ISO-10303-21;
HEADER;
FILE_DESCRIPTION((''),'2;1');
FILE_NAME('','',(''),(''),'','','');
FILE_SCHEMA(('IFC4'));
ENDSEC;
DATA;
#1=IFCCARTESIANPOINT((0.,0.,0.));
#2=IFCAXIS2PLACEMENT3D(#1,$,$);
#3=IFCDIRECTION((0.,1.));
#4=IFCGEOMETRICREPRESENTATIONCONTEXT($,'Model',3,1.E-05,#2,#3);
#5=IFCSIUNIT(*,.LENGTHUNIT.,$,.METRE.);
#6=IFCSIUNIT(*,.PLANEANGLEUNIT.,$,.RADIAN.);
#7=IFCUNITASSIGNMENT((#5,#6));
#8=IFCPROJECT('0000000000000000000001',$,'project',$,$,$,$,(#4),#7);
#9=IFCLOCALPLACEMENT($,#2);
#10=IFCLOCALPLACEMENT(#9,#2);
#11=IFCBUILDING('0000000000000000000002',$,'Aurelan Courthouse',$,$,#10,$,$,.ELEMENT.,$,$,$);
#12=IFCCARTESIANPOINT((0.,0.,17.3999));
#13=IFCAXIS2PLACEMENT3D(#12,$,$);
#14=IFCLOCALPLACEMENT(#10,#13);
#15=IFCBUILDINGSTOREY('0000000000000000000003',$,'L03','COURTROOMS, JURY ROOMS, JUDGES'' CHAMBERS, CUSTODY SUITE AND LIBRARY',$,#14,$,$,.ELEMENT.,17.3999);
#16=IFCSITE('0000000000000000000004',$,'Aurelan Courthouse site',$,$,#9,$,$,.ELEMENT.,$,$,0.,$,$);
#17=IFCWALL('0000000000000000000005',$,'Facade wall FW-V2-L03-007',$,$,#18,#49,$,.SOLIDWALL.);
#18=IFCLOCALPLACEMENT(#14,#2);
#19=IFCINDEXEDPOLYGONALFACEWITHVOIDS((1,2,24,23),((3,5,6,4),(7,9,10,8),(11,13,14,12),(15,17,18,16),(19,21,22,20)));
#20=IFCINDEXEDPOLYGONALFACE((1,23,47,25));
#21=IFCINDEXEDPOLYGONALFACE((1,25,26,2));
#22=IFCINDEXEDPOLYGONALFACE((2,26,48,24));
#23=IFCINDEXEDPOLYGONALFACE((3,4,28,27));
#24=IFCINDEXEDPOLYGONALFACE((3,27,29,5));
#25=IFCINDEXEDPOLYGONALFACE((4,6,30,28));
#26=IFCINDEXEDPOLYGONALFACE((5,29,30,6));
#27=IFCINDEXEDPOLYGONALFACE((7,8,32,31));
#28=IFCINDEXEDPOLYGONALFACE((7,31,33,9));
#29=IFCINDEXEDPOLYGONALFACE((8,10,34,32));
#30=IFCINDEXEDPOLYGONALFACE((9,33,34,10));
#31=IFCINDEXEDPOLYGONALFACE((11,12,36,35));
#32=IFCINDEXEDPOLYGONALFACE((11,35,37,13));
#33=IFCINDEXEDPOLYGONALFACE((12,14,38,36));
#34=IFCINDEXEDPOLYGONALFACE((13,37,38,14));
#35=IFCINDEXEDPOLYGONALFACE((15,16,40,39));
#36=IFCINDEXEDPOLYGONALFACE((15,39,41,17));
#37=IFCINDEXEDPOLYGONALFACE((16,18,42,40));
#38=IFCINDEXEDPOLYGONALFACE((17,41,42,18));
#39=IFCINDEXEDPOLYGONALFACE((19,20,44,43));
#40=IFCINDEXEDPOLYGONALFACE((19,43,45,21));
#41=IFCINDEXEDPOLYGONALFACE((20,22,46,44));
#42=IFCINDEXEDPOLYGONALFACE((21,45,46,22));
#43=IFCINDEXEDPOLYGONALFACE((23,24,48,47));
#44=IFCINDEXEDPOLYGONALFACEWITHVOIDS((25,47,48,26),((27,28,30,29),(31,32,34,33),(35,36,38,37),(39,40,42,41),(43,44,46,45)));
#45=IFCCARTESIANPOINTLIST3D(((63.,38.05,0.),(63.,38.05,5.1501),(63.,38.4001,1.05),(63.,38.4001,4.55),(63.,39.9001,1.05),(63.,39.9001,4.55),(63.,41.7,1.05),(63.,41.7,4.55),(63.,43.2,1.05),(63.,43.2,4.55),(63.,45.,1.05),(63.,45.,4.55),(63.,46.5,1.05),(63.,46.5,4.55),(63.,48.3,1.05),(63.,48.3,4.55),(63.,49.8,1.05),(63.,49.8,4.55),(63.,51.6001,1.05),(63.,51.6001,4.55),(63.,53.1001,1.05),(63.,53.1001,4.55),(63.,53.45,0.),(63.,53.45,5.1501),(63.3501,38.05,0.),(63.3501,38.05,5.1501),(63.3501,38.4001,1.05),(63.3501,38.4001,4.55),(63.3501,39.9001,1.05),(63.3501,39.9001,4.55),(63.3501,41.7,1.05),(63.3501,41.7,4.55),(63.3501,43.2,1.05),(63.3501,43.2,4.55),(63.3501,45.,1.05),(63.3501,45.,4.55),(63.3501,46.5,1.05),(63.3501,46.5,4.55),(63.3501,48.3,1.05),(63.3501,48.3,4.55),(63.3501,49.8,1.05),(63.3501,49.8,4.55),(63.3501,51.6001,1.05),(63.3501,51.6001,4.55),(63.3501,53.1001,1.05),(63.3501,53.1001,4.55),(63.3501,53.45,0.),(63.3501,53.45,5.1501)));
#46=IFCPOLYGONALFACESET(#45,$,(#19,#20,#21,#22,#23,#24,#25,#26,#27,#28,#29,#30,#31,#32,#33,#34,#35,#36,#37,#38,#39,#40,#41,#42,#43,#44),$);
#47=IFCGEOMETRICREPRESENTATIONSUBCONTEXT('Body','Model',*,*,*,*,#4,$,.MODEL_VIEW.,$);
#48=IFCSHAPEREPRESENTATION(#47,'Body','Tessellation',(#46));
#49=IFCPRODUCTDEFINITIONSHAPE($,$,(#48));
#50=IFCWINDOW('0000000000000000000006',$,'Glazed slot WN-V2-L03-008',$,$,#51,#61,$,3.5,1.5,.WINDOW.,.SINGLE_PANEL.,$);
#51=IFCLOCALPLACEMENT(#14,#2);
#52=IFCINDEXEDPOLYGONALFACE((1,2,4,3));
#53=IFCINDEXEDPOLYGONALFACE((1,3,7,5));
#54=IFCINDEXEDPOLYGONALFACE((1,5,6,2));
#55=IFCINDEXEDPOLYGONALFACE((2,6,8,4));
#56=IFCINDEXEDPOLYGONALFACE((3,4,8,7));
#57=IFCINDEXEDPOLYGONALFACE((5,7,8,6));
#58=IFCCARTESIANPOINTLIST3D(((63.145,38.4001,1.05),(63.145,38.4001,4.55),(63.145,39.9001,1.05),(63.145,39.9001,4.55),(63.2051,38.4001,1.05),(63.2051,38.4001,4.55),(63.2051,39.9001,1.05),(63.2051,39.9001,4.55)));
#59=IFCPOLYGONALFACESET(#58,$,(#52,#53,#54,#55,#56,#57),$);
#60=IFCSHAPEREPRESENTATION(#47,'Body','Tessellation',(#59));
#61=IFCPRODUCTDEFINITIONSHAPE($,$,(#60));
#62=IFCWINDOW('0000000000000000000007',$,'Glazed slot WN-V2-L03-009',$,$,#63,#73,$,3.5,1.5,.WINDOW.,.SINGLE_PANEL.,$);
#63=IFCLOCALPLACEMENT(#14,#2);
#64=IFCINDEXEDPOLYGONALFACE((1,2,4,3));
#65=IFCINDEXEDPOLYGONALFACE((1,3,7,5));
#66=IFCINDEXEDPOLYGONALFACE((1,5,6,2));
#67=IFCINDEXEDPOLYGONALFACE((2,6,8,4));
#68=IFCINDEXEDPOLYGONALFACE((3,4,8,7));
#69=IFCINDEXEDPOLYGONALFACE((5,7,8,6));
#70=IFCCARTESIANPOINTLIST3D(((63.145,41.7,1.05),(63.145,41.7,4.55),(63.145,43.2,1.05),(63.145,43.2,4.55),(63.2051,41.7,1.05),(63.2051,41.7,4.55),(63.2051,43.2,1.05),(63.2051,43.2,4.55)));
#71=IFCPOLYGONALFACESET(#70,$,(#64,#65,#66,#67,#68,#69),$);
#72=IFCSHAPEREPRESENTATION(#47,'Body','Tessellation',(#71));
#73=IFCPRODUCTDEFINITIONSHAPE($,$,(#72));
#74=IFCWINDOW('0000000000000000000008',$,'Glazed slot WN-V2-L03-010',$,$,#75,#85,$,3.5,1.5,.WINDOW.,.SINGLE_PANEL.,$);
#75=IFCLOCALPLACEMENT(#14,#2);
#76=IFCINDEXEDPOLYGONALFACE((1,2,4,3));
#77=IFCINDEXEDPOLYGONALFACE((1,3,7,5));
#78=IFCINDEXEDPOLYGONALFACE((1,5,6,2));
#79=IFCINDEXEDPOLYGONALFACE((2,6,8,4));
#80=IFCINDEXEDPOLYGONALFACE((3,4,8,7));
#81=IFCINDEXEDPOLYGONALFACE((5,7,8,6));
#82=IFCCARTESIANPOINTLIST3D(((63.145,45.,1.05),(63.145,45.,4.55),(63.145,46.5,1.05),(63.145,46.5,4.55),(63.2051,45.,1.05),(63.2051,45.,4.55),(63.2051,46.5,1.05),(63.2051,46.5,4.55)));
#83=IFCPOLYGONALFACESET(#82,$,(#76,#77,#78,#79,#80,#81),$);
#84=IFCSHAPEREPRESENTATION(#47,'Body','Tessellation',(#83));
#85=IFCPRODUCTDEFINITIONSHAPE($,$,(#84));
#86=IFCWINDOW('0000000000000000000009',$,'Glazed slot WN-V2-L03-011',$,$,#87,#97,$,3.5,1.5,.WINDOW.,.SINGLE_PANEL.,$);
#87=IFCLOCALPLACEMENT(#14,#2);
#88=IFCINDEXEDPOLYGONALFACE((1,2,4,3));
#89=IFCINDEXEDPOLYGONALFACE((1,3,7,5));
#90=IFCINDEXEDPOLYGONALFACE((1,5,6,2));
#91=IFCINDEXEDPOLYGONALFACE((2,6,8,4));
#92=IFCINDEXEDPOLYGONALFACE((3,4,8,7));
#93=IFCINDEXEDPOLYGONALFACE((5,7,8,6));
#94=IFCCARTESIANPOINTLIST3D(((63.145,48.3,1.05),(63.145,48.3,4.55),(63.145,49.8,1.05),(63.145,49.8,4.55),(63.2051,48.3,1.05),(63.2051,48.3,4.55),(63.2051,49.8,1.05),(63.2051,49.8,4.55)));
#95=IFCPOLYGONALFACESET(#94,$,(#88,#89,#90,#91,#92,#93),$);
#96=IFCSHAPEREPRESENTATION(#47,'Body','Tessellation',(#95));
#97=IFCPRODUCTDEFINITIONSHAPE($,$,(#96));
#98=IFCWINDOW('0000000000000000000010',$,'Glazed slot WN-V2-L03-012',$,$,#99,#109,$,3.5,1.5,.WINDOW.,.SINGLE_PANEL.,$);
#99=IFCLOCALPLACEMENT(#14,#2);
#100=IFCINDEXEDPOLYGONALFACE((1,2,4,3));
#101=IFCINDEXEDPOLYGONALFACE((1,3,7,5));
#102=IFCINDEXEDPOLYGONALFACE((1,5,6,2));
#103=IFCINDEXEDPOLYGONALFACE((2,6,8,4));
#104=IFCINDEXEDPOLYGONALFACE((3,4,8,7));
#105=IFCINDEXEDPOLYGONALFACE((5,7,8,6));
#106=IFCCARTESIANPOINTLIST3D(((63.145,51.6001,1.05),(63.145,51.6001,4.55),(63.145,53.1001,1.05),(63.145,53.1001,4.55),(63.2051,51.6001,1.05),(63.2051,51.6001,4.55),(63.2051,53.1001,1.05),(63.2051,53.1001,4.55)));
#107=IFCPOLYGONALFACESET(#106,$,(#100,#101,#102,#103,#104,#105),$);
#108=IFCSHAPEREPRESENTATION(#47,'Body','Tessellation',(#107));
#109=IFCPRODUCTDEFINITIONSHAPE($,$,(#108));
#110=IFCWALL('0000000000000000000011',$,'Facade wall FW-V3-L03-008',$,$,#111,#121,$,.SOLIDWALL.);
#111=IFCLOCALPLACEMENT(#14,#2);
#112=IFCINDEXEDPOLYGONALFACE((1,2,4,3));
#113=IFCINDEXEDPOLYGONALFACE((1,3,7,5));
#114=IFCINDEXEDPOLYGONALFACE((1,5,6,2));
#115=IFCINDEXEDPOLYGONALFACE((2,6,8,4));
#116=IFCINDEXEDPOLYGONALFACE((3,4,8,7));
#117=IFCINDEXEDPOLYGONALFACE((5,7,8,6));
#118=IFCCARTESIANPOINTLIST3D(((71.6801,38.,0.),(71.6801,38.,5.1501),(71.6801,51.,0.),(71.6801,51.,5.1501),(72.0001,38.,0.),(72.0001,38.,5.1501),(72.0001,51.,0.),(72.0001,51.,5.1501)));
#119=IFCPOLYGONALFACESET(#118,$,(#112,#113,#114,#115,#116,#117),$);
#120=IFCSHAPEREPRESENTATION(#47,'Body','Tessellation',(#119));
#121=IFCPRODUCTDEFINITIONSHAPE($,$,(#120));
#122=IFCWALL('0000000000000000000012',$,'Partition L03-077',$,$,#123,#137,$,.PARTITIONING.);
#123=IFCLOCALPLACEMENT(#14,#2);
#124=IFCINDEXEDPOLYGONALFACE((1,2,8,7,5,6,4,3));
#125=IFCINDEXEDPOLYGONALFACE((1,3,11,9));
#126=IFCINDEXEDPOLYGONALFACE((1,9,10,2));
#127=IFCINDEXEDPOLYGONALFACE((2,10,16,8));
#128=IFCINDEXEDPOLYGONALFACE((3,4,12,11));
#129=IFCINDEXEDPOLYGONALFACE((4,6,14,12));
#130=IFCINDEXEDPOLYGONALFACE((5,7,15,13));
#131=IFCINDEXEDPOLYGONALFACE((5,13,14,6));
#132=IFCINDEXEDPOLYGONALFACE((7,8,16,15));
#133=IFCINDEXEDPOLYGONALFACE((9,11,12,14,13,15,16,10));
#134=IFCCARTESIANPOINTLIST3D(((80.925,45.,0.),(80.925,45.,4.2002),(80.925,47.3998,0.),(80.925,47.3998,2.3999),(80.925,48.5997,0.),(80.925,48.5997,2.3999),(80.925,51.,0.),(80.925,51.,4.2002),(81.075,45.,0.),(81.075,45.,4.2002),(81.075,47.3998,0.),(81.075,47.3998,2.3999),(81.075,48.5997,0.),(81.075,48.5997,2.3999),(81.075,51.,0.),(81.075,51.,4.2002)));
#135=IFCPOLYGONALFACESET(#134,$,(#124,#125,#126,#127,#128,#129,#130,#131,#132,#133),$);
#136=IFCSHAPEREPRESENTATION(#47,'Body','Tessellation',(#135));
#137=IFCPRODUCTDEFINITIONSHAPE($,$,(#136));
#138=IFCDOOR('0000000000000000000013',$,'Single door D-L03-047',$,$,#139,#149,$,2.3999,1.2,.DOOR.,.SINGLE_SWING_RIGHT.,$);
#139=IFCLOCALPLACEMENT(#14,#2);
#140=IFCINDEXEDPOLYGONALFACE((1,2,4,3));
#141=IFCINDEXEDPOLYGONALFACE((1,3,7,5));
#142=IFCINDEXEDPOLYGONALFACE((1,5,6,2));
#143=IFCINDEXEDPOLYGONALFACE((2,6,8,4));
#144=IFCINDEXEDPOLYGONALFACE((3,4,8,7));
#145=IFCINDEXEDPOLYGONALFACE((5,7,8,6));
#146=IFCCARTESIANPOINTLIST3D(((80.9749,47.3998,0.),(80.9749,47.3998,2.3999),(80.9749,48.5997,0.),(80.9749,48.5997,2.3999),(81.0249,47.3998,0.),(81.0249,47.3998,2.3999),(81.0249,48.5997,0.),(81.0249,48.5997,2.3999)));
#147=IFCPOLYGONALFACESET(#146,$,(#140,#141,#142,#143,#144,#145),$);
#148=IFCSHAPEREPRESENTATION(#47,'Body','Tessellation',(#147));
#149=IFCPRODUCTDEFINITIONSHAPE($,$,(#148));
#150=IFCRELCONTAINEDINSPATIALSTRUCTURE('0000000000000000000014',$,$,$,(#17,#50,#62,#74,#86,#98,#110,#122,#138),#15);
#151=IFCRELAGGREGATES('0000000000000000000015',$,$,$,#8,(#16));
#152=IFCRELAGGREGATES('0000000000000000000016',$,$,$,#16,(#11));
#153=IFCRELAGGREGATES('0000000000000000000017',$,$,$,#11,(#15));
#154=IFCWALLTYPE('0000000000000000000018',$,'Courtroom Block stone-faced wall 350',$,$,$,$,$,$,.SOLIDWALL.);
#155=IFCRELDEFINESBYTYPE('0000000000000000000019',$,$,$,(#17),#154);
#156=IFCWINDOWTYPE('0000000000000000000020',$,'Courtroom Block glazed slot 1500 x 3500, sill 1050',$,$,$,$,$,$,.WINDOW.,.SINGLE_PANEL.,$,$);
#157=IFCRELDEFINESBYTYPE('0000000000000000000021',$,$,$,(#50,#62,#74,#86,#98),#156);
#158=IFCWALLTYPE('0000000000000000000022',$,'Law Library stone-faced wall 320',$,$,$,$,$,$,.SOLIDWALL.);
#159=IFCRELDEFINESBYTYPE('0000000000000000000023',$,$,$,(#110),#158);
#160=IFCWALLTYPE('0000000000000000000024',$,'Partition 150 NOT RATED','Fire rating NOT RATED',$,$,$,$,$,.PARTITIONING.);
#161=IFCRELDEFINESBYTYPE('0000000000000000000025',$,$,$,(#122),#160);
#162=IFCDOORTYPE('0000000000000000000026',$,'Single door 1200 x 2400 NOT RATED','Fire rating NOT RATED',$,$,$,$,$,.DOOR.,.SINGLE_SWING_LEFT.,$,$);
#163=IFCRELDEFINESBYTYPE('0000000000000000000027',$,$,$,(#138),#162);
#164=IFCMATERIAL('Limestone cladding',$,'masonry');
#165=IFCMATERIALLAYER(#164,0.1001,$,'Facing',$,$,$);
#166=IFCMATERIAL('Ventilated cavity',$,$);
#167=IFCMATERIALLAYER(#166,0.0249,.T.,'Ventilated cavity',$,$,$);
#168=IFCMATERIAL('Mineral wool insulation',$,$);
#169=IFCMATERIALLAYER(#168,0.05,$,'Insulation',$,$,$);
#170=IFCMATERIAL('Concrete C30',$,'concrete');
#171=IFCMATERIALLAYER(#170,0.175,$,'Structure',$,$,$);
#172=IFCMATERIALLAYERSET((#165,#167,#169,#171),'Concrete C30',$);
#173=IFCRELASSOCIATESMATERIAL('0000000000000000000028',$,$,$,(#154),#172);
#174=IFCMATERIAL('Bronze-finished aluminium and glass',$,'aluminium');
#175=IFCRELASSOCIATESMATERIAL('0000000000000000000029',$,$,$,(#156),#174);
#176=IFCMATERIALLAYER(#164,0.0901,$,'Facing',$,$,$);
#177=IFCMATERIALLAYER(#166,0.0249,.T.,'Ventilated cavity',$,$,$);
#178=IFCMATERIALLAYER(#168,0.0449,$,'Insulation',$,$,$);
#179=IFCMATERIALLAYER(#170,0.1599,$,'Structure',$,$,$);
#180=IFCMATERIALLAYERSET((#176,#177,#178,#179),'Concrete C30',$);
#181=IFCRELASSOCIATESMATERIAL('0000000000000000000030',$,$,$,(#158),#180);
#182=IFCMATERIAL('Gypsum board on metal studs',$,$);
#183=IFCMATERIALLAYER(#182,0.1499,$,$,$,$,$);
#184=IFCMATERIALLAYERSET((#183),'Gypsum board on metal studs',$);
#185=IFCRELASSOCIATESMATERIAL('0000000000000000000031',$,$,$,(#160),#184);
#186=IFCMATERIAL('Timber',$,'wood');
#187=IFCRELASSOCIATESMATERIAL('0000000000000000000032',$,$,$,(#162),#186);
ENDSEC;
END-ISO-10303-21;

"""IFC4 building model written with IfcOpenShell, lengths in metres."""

from ifc_helpers import new_model, si_unit, direction, frame, frame_2d, origin, place, context, subcontext, project, spatial, rectangle, extrude, material, layer, layer_set, type_object, element, fill, save


model = new_model("IFC4")

# Units and contexts
model_context = context("Model", 3, precision=1e-05, world=origin(), true_north=direction((0.0, 1.0)))
body_context = subcontext(model_context, "Body", "Model", "MODEL_VIEW")
ifc_project = project(units=[si_unit("LENGTHUNIT", "METRE"), si_unit("PLANEANGLEUNIT", "RADIAN")], contexts=[model_context])

# Site, building, storey
site_placement = place(None, origin())
site = spatial("IfcSite", under=ifc_project, at=site_placement, Name="Aurelan Courthouse site", CompositionType="ELEMENT", RefElevation=0.0)
building_placement = place(site_placement, origin())
building = spatial("IfcBuilding", under=site, at=building_placement, Name="Aurelan Courthouse", CompositionType="ELEMENT")
storey_placement = place(building_placement, frame((0.0, 0.0, 17.3999)))
storey = spatial("IfcBuildingStorey", under=building, at=storey_placement, Name="L03", Description="COURTROOMS, JURY ROOMS, JUDGES' CHAMBERS, CUSTODY SUITE AND LIBRARY", CompositionType="ELEMENT", Elevation=17.3999)

# Shared definitions
ifc_material_1 = material(Name="Bronze-finished aluminium and glass", Category="aluminium")

# Wall, openings, windows
ifc_material_2 = material(Name="Limestone cladding", Category="masonry")
ifc_layer_1 = layer(ifc_material_2, 0.1001, Name="Facing")
ifc_material_3 = material(Name="Ventilated cavity")
ifc_layer_2 = layer(ifc_material_3, 0.0249, ventilated=True, Name="Ventilated cavity")
ifc_material_4 = material(Name="Mineral wool insulation")
ifc_layer_3 = layer(ifc_material_4, 0.05, Name="Insulation")
ifc_material_5 = material(Name="Concrete C30", Category="concrete")
ifc_layer_4 = layer(ifc_material_5, 0.175, Name="Structure")
ifc_layer_set_1 = layer_set([ifc_layer_1, ifc_layer_2, ifc_layer_3, ifc_layer_4], Name="Concrete C30")
wall_type_1 = type_object("IfcWallType", Name="Courtroom Block stone-faced wall 350", PredefinedType="SOLIDWALL", material=ifc_layer_set_1)
wall_1_placement = place(storey_placement, frame((63.175, 38.05, 0.0), z_axis=(0.0, 0.0, 1.0), x_axis=(0.0, 1.0, 0.0)))
wall_1 = element("IfcWall", 1, at=wall_1_placement, inside=storey, type_object=wall_type_1, Name="Facade wall FW-V2-L03-007", PredefinedType="SOLIDWALL", context=body_context, shape_type="SweptSolid", body=[
    extrude(rectangle(XDim=15.3999, YDim=0.3501, at=frame_2d((7.7, 0.0))), origin(), (0.0, 0.0, 1.0), 5.1501),
])
opening_1_placement = place(wall_1_placement, frame((0.3501, 0.0, 1.05)))
opening_1 = element("IfcOpeningElement", 2, at=opening_1_placement, cuts=wall_1, PredefinedType="OPENING", context=body_context, shape_type="SweptSolid", body=[
    extrude(rectangle(XDim=1.5, YDim=3.5, at=frame_2d((0.75, 1.75))), frame((0.0, 0.1851, 0.0), z_axis=(0.0, -1.0, 0.0), x_axis=(1.0, 0.0, 0.0)), (0.0, 0.0, 1.0), 0.3701),
])
opening_2_placement = place(wall_1_placement, frame((3.6499, 0.0, 1.05)))
opening_2 = element("IfcOpeningElement", 3, at=opening_2_placement, cuts=wall_1, PredefinedType="OPENING", context=body_context, shape_type="SweptSolid", body=[
    extrude(rectangle(XDim=1.5, YDim=3.5, at=frame_2d((0.75, 1.75))), frame((0.0, 0.1851, 0.0), z_axis=(0.0, -1.0, 0.0), x_axis=(1.0, 0.0, 0.0)), (0.0, 0.0, 1.0), 0.3701),
])
opening_3_placement = place(wall_1_placement, frame((6.95, 0.0, 1.05)))
opening_3 = element("IfcOpeningElement", 4, at=opening_3_placement, cuts=wall_1, PredefinedType="OPENING", context=body_context, shape_type="SweptSolid", body=[
    extrude(rectangle(XDim=1.5, YDim=3.5, at=frame_2d((0.75, 1.75))), frame((0.0, 0.1851, 0.0), z_axis=(0.0, -1.0, 0.0), x_axis=(1.0, 0.0, 0.0)), (0.0, 0.0, 1.0), 0.3701),
])
opening_4_placement = place(wall_1_placement, frame((10.25, 0.0, 1.05)))
opening_4 = element("IfcOpeningElement", 5, at=opening_4_placement, cuts=wall_1, PredefinedType="OPENING", context=body_context, shape_type="SweptSolid", body=[
    extrude(rectangle(XDim=1.5, YDim=3.5, at=frame_2d((0.75, 1.75))), frame((0.0, 0.1851, 0.0), z_axis=(0.0, -1.0, 0.0), x_axis=(1.0, 0.0, 0.0)), (0.0, 0.0, 1.0), 0.3701),
])
opening_5_placement = place(wall_1_placement, frame((13.55, 0.0, 1.05)))
opening_5 = element("IfcOpeningElement", 6, at=opening_5_placement, cuts=wall_1, PredefinedType="OPENING", context=body_context, shape_type="SweptSolid", body=[
    extrude(rectangle(XDim=1.5, YDim=3.5, at=frame_2d((0.75, 1.75))), frame((0.0, 0.1851, 0.0), z_axis=(0.0, -1.0, 0.0), x_axis=(1.0, 0.0, 0.0)), (0.0, 0.0, 1.0), 0.3701),
])
window_type = type_object("IfcWindowType", Name="Courtroom Block glazed slot 1500 x 3500, sill 1050", PartitioningType="SINGLE_PANEL", PredefinedType="WINDOW", material=ifc_material_1)
window_1_placement = place(opening_1_placement, origin())
window_1 = element("IfcWindow", 7, at=window_1_placement, inside=storey, type_object=window_type, Name="Glazed slot WN-V2-L03-008", OverallHeight=3.5, OverallWidth=1.5, PartitioningType="SINGLE_PANEL", PredefinedType="WINDOW", context=body_context, shape_type="SweptSolid", body=[
    extrude(rectangle(XDim=1.5, YDim=3.5, at=frame_2d((0.75, 1.75))), frame((0.0, 0.03, 0.0), z_axis=(0.0, -1.0, 0.0), x_axis=(1.0, 0.0, 0.0)), (0.0, 0.0, 1.0), 0.0601),
])
fill(opening_1, window_1)
window_2_placement = place(opening_2_placement, origin())
window_2 = element("IfcWindow", 8, at=window_2_placement, inside=storey, type_object=window_type, Name="Glazed slot WN-V2-L03-009", OverallHeight=3.5, OverallWidth=1.5, PartitioningType="SINGLE_PANEL", PredefinedType="WINDOW", context=body_context, shape_type="SweptSolid", body=[
    extrude(rectangle(XDim=1.5, YDim=3.5, at=frame_2d((0.75, 1.75))), frame((0.0, 0.03, 0.0), z_axis=(0.0, -1.0, 0.0), x_axis=(1.0, 0.0, 0.0)), (0.0, 0.0, 1.0), 0.0601),
])
fill(opening_2, window_2)
window_3_placement = place(opening_3_placement, origin())
window_3 = element("IfcWindow", 9, at=window_3_placement, inside=storey, type_object=window_type, Name="Glazed slot WN-V2-L03-010", OverallHeight=3.5, OverallWidth=1.5, PartitioningType="SINGLE_PANEL", PredefinedType="WINDOW", context=body_context, shape_type="SweptSolid", body=[
    extrude(rectangle(XDim=1.5, YDim=3.5, at=frame_2d((0.75, 1.75))), frame((0.0, 0.03, 0.0), z_axis=(0.0, -1.0, 0.0), x_axis=(1.0, 0.0, 0.0)), (0.0, 0.0, 1.0), 0.0601),
])
fill(opening_3, window_3)
window_4_placement = place(opening_4_placement, origin())
window_4 = element("IfcWindow", 10, at=window_4_placement, inside=storey, type_object=window_type, Name="Glazed slot WN-V2-L03-011", OverallHeight=3.5, OverallWidth=1.5, PartitioningType="SINGLE_PANEL", PredefinedType="WINDOW", context=body_context, shape_type="SweptSolid", body=[
    extrude(rectangle(XDim=1.5, YDim=3.5, at=frame_2d((0.75, 1.75))), frame((0.0, 0.03, 0.0), z_axis=(0.0, -1.0, 0.0), x_axis=(1.0, 0.0, 0.0)), (0.0, 0.0, 1.0), 0.0601),
])
fill(opening_4, window_4)
window_5_placement = place(opening_5_placement, origin())
window_5 = element("IfcWindow", 11, at=window_5_placement, inside=storey, type_object=window_type, Name="Glazed slot WN-V2-L03-012", OverallHeight=3.5, OverallWidth=1.5, PartitioningType="SINGLE_PANEL", PredefinedType="WINDOW", context=body_context, shape_type="SweptSolid", body=[
    extrude(rectangle(XDim=1.5, YDim=3.5, at=frame_2d((0.75, 1.75))), frame((0.0, 0.03, 0.0), z_axis=(0.0, -1.0, 0.0), x_axis=(1.0, 0.0, 0.0)), (0.0, 0.0, 1.0), 0.0601),
])
fill(opening_5, window_5)

# Wall
ifc_layer_5 = layer(ifc_material_2, 0.0901, Name="Facing")
ifc_layer_6 = layer(ifc_material_3, 0.0249, ventilated=True, Name="Ventilated cavity")
ifc_layer_7 = layer(ifc_material_4, 0.0449, Name="Insulation")
ifc_layer_8 = layer(ifc_material_5, 0.1599, Name="Structure")
ifc_layer_set_2 = layer_set([ifc_layer_5, ifc_layer_6, ifc_layer_7, ifc_layer_8], Name="Concrete C30")
wall_type_2 = type_object("IfcWallType", Name="Law Library stone-faced wall 320", PredefinedType="SOLIDWALL", material=ifc_layer_set_2)
wall_2_placement = place(storey_placement, frame((71.8401, 38.0, 0.0), z_axis=(0.0, 0.0, 1.0), x_axis=(0.0, 1.0, 0.0)))
element("IfcWall", 12, at=wall_2_placement, inside=storey, type_object=wall_type_2, Name="Facade wall FW-V3-L03-008", PredefinedType="SOLIDWALL", context=body_context, shape_type="SweptSolid", body=[
    extrude(rectangle(XDim=13.0, YDim=0.3201, at=frame_2d((6.5, 0.0))), origin(), (0.0, 0.0, 1.0), 5.1501),
])

# Wall, opening, door
ifc_material_6 = material(Name="Gypsum board on metal studs")
ifc_layer_9 = layer(ifc_material_6, 0.1499)
ifc_layer_set_3 = layer_set([ifc_layer_9], Name="Gypsum board on metal studs")
wall_type_3 = type_object("IfcWallType", Name="Partition 150 NOT RATED", Description="Fire rating NOT RATED", PredefinedType="PARTITIONING", material=ifc_layer_set_3)
wall_3_placement = place(storey_placement, frame((81.0, 45.0, 0.0), z_axis=(0.0, 0.0, 1.0), x_axis=(0.0, 1.0, 0.0)))
wall_3 = element("IfcWall", 13, at=wall_3_placement, inside=storey, type_object=wall_type_3, Name="Partition L03-077", PredefinedType="PARTITIONING", context=body_context, shape_type="SweptSolid", body=[
    extrude(rectangle(XDim=6.0, YDim=0.1499, at=frame_2d((3.0, 0.0))), origin(), (0.0, 0.0, 1.0), 4.2002),
])
opening_6_placement = place(wall_3_placement, frame((3.5999, 0.0, 0.0), z_axis=(0.0, 0.0, 1.0), x_axis=(-1.0, 0.0, 0.0)))
opening_6 = element("IfcOpeningElement", 14, at=opening_6_placement, cuts=wall_3, PredefinedType="OPENING", context=body_context, shape_type="SweptSolid", body=[
    extrude(rectangle(XDim=1.2, YDim=2.3999, at=frame_2d((0.6001, 1.2))), frame((0.0, 0.085, 0.0), z_axis=(0.0, -1.0, 0.0), x_axis=(1.0, 0.0, 0.0)), (0.0, 0.0, 1.0), 0.1699),
])
ifc_material_7 = material(Name="Timber", Category="wood")
door_type_1 = type_object("IfcDoorType", Name="Single door 1200 x 2400 NOT RATED", Description="Fire rating NOT RATED", OperationType="SINGLE_SWING_LEFT", PredefinedType="DOOR", material=ifc_material_7)
door_1_placement = place(opening_6_placement, origin())
door_1 = element("IfcDoor", 15, at=door_1_placement, inside=storey, type_object=door_type_1, Name="Single door D-L03-047", OperationType="SINGLE_SWING_RIGHT", OverallHeight=2.3999, OverallWidth=1.2, PredefinedType="DOOR", context=body_context, shape_type="SweptSolid", body=[
    extrude(rectangle(XDim=1.2, YDim=2.3999, at=frame_2d((0.6001, 1.2))), frame((0.0, 0.0249, 0.0), z_axis=(0.0, -1.0, 0.0), x_axis=(1.0, 0.0, 0.0)), (0.0, 0.0, 1.0), 0.05),
])
fill(opening_6, door_1)

save(model, "model.ifc")
